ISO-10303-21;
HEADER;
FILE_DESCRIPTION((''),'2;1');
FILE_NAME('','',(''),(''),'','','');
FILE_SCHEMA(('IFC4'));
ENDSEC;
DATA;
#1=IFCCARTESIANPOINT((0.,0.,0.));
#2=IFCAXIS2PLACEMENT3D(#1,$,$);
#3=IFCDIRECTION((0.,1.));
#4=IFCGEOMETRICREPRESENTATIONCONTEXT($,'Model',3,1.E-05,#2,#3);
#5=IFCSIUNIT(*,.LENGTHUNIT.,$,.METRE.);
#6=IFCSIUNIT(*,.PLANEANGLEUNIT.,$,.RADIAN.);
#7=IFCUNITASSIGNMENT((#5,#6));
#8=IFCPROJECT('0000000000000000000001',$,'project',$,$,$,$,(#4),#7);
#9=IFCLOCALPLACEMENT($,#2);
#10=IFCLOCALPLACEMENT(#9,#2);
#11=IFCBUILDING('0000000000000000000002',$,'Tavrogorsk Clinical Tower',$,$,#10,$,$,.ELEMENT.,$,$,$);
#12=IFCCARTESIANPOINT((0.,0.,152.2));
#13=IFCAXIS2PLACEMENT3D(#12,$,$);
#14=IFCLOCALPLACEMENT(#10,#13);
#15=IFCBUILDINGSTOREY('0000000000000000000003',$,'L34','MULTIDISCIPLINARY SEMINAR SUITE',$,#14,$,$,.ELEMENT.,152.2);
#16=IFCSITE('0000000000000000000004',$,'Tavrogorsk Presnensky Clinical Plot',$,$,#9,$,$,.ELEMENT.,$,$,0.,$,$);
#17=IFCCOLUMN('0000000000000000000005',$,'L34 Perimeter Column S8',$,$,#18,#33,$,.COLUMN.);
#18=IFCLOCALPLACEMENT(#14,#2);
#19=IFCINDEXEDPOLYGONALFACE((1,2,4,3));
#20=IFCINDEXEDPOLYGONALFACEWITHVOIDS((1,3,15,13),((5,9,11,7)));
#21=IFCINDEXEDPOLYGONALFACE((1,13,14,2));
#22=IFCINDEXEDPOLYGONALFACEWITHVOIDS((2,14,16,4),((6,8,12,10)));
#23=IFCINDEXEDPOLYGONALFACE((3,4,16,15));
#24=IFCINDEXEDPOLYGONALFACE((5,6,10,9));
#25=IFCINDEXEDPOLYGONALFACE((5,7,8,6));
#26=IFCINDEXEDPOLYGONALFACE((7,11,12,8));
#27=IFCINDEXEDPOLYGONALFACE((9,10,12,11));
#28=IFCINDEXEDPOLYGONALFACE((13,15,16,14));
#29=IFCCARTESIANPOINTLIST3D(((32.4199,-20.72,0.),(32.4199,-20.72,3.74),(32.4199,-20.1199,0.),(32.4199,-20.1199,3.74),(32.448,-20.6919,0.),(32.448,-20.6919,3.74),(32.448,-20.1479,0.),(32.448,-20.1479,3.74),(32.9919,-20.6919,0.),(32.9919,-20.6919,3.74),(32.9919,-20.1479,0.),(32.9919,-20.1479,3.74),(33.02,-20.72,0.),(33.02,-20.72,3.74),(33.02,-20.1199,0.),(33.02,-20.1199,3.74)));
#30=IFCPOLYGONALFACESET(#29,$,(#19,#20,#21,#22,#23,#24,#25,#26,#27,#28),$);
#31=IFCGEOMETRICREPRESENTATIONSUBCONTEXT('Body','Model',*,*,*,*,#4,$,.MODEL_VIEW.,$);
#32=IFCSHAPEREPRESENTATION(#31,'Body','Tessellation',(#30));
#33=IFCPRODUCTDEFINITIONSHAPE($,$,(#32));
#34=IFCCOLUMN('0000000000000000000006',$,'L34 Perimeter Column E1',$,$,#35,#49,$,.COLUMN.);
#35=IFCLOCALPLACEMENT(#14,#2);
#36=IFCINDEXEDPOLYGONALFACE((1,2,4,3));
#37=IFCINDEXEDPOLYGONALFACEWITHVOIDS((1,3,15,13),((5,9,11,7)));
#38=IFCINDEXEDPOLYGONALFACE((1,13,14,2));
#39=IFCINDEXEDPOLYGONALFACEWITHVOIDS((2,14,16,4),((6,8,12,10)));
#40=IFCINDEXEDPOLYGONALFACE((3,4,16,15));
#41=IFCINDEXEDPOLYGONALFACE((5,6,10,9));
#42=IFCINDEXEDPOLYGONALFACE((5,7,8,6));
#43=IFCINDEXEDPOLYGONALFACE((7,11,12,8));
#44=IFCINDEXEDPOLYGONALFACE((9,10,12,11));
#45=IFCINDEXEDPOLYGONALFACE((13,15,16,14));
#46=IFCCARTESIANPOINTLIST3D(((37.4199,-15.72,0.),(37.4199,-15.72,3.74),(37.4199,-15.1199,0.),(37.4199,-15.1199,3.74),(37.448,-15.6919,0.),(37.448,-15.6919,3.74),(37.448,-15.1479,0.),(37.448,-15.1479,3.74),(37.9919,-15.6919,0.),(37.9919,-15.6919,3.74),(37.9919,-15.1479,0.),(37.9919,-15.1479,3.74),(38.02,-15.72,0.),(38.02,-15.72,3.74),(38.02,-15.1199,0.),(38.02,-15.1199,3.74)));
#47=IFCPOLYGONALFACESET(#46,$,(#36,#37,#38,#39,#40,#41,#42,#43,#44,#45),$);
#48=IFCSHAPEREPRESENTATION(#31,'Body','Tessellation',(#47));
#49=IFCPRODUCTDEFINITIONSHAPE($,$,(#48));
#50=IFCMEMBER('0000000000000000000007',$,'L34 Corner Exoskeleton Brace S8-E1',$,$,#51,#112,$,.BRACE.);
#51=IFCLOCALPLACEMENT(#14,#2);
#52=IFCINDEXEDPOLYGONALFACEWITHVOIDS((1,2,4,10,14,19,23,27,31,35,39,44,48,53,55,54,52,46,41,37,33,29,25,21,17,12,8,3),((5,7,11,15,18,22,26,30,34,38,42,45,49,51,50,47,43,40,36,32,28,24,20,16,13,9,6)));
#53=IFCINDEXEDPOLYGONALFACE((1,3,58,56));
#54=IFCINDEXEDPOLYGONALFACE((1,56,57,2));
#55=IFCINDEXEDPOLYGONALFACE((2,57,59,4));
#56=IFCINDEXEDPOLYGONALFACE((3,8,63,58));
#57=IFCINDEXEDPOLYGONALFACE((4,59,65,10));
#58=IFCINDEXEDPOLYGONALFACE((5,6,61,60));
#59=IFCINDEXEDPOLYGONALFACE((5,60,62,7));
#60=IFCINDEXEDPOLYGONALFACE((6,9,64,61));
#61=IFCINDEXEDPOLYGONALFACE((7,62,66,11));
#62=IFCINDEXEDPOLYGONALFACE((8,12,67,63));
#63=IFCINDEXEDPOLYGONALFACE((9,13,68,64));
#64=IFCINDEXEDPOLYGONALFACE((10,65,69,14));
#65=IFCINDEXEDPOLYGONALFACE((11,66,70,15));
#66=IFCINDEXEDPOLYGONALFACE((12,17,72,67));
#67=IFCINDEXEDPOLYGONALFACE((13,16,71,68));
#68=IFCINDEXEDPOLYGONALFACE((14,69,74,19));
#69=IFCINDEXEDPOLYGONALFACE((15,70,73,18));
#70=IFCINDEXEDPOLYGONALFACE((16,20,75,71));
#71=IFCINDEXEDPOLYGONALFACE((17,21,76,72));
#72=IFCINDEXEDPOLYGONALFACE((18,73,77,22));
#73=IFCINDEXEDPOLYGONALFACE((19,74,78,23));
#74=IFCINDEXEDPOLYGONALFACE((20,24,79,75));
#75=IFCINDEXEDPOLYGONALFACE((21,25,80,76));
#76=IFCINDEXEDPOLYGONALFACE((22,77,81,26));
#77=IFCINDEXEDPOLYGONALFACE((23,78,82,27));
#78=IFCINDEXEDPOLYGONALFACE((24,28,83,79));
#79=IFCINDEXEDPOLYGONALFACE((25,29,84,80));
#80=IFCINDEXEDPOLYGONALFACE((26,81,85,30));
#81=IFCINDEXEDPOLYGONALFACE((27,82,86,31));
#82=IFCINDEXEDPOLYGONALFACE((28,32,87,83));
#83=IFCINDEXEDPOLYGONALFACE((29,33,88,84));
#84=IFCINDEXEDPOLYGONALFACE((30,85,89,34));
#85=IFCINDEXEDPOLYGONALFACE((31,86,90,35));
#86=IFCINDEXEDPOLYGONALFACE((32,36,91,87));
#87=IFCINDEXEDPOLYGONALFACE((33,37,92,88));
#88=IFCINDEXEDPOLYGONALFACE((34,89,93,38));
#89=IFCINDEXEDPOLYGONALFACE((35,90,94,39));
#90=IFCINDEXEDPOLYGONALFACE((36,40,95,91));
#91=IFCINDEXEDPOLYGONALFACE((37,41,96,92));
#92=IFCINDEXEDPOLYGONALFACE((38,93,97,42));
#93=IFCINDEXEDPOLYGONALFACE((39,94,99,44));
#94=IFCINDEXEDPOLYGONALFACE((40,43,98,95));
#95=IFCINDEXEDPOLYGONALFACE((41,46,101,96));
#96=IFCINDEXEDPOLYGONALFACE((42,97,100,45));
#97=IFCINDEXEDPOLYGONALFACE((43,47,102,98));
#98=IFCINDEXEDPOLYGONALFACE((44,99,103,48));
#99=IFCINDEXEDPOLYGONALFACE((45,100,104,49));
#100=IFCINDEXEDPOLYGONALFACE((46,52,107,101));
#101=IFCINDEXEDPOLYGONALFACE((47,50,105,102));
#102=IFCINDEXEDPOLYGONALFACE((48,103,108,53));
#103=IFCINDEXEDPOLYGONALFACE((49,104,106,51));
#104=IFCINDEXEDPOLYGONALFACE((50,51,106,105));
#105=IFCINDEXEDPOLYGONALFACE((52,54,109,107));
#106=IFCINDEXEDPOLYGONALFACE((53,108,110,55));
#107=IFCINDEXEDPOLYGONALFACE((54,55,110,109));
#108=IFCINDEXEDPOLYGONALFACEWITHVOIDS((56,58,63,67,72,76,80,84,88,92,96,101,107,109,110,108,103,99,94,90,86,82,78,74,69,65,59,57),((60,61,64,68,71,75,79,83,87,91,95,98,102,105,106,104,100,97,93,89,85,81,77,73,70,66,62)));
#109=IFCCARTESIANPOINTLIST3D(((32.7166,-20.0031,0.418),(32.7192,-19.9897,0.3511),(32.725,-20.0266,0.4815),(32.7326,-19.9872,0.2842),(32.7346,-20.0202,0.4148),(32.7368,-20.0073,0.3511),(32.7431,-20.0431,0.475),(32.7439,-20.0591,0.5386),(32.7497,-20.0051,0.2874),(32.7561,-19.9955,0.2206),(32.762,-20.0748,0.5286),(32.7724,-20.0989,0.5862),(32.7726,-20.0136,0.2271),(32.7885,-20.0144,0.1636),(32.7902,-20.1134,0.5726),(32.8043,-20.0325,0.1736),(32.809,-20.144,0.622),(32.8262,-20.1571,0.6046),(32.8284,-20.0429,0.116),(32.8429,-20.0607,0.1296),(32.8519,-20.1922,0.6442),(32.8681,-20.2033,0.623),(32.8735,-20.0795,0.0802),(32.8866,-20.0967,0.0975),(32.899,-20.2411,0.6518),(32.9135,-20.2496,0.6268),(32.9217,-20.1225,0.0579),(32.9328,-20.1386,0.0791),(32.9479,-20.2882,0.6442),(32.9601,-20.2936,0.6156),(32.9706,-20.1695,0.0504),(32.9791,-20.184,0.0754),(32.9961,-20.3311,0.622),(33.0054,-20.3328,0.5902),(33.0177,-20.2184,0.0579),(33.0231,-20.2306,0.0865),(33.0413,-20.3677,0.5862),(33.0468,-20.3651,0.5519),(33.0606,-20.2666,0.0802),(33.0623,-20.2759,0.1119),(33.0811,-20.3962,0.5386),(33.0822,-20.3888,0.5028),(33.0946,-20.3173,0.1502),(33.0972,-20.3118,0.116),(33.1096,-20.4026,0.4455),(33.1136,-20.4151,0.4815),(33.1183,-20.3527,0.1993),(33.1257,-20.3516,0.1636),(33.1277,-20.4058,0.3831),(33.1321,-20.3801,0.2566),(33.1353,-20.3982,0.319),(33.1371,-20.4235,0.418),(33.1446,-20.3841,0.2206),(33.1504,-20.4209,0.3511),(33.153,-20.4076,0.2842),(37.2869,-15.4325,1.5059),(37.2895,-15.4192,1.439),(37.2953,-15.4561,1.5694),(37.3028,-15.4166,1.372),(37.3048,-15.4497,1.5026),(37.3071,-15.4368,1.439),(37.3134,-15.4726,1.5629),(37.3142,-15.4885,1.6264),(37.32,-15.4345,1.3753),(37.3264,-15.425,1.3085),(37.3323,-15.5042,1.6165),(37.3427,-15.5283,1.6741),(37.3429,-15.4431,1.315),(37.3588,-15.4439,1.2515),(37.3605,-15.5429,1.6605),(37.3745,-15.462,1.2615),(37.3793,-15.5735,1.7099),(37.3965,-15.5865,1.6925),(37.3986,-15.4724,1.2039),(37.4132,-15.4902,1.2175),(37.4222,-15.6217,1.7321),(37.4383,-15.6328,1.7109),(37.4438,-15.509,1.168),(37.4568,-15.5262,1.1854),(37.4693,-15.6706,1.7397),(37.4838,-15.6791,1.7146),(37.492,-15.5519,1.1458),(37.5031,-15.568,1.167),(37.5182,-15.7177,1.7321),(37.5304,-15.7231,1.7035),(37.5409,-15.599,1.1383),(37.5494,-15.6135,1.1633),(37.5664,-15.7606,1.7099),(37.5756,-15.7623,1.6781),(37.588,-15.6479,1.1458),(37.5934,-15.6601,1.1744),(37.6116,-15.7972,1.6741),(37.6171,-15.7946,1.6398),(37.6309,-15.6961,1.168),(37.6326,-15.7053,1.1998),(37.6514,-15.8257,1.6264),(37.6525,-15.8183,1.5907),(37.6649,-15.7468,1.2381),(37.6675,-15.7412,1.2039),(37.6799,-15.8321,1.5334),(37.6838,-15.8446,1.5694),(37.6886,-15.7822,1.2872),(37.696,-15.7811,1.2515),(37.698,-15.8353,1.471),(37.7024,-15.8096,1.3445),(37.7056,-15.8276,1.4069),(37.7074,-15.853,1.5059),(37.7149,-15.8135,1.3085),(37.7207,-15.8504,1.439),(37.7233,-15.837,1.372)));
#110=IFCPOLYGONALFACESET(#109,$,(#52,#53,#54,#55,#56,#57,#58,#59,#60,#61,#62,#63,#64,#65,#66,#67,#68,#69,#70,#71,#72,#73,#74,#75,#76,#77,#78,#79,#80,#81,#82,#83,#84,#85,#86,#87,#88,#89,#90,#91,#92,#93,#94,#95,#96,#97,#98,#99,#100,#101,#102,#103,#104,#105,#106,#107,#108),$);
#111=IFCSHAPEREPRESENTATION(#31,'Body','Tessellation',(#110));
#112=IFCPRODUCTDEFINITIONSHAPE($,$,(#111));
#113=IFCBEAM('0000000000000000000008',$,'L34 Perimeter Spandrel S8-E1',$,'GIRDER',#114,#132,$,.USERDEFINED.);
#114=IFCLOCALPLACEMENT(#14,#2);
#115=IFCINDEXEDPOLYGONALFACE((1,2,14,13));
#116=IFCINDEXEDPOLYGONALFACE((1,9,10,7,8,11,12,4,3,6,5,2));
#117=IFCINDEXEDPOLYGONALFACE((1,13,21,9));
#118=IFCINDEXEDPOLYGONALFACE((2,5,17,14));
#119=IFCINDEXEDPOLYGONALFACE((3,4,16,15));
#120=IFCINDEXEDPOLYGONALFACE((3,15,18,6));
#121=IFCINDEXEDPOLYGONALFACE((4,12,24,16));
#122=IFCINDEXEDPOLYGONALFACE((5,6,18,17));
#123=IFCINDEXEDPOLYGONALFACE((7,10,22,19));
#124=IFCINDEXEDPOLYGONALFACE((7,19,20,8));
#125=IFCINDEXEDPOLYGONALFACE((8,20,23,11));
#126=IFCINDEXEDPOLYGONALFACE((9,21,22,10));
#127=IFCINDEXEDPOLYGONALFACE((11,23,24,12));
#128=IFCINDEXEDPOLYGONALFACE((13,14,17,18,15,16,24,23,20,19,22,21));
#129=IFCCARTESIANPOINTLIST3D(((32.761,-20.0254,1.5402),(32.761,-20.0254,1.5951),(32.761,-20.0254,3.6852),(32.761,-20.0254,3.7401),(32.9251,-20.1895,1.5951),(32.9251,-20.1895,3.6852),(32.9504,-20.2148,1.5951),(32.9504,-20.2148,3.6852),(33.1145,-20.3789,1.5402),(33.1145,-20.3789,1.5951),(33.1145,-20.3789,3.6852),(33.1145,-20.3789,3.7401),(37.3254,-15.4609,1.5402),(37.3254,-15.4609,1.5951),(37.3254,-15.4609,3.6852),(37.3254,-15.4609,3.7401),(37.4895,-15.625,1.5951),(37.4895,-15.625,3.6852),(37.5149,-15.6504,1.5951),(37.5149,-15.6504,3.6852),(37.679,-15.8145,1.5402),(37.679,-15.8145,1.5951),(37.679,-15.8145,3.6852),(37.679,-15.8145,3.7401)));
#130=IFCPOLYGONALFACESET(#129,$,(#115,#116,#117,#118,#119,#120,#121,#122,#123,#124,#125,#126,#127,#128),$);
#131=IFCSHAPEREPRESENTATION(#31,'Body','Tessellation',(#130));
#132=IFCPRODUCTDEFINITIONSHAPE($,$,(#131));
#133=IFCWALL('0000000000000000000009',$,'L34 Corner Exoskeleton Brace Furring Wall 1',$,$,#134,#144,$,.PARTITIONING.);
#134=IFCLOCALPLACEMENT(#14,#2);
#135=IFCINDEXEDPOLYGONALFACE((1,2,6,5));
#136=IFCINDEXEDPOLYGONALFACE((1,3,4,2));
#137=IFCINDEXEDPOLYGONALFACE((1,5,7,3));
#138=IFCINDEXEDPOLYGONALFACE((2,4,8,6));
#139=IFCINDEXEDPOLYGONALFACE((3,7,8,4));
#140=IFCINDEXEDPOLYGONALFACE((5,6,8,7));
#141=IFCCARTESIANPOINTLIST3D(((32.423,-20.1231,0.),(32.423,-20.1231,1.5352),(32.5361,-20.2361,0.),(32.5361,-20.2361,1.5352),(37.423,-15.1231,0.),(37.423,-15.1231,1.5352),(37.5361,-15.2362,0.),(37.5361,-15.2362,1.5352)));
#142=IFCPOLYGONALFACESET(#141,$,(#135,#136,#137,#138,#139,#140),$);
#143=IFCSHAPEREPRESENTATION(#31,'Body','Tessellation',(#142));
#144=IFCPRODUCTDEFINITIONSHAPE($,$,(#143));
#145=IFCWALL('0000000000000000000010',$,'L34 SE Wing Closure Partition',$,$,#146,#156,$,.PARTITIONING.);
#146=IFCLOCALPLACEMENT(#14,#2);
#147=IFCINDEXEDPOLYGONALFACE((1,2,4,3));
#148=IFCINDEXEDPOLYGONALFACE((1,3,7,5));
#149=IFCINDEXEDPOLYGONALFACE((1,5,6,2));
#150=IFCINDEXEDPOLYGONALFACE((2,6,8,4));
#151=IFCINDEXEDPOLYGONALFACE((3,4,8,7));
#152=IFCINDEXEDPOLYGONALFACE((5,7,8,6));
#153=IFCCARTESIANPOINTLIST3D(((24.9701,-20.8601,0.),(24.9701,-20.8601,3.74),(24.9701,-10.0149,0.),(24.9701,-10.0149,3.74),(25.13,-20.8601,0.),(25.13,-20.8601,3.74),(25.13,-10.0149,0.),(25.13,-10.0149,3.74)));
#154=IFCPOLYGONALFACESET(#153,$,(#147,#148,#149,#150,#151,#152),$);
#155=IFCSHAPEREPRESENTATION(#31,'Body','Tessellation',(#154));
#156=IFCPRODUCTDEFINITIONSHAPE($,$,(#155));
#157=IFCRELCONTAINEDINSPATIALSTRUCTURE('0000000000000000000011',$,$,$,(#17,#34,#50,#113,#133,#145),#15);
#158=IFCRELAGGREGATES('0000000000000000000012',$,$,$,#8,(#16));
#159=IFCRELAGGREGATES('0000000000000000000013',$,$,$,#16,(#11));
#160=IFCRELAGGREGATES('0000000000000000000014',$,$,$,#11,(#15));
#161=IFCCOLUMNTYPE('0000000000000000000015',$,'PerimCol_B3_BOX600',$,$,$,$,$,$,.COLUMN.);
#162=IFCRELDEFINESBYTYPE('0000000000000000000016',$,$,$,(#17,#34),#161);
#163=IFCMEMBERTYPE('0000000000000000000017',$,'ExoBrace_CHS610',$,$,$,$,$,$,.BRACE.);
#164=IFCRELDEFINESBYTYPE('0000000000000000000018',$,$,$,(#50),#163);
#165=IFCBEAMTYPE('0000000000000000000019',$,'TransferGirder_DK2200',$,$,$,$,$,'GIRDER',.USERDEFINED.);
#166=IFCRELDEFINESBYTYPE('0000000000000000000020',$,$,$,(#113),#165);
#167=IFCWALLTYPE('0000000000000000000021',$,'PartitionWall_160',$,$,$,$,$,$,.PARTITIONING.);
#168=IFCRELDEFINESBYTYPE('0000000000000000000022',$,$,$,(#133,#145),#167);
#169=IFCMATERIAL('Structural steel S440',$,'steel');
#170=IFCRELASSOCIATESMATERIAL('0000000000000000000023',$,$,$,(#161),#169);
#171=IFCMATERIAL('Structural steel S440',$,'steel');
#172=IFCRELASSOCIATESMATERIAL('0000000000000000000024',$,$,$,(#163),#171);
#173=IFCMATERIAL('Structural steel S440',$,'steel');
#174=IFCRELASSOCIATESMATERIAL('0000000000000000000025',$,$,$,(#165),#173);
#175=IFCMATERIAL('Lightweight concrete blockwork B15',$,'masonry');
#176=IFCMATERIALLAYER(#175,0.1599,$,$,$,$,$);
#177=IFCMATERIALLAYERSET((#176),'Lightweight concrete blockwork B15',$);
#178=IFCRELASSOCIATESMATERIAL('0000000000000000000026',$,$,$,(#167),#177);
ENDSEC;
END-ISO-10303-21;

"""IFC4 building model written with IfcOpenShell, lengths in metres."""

from ifc_helpers import new_model, si_unit, direction, frame, frame_2d, origin, origin_2d, place, context, subcontext, project, spatial, rectangle, hollow_rectangle, hollow_circle, i_section, extrude, material, layer, layer_set, material_profile, profile_set, type_object, element, save


model = new_model("IFC4")

# Units and contexts
model_context = context("Model", 3, precision=1e-05, world=origin(), true_north=direction((0.0, 1.0)))
body_context = subcontext(model_context, "Body", "Model", "MODEL_VIEW")
ifc_project = project(units=[si_unit("LENGTHUNIT", "METRE"), si_unit("PLANEANGLEUNIT", "RADIAN")], contexts=[model_context])

# Site, building, storey
site_placement = place(None, origin())
site = spatial("IfcSite", under=ifc_project, at=site_placement, Name="Tavrogorsk Presnensky Clinical Plot", CompositionType="ELEMENT", RefElevation=0.0)
building_placement = place(site_placement, origin())
building = spatial("IfcBuilding", under=site, at=building_placement, Name="Tavrogorsk Clinical Tower", CompositionType="ELEMENT")
storey_placement = place(building_placement, frame((0.0, 0.0, 152.2)))
storey = spatial("IfcBuildingStorey", under=building, at=storey_placement, Name="L34", Description="MULTIDISCIPLINARY SEMINAR SUITE", CompositionType="ELEMENT", Elevation=152.2)

# Columns
ifc_material_1 = material(Name="Structural steel S440", Category="steel")
ifc_material_profile_1 = material_profile(ifc_material_1, hollow_rectangle(XDim=0.6001, YDim=0.6001, WallThickness=0.0281, at=origin_2d()), Name="BOX-600x600x28")
ifc_profile_set_1 = profile_set([ifc_material_profile_1], Name="Structural steel S440")
column_type = type_object("IfcColumnType", Name="PerimCol_B3_BOX600", PredefinedType="COLUMN", material=ifc_profile_set_1)
for number, where, z_axis, x_axis, name in (
    (1, (32.72, -20.4199, 0.0), (0.0, 0.0, 1.0), (1.0, 0.0, 0.0), "L34 Perimeter Column S8"),
    (2, (37.72, -15.4199, 0.0), (0.0, 0.0, 1.0), (1.0, 0.0, 0.0), "L34 Perimeter Column E1"),
):
    element("IfcColumn", number, at=place(storey_placement, frame(where, z_axis=z_axis, x_axis=x_axis)), inside=storey, type_object=column_type, Name=name, PredefinedType="COLUMN", context=body_context, shape_type="SweptSolid", body=[
        extrude(hollow_rectangle(XDim=0.6001, YDim=0.6001, WallThickness=0.0281, at=origin_2d()), origin(), (0.0, 0.0, 1.0), 3.74),
    ])

# Member
ifc_material_2 = material(Name="Structural steel S440", Category="steel")
ifc_material_profile_2 = material_profile(ifc_material_2, hollow_circle(Radius=0.3049, WallThickness=0.0249, at=origin_2d()), Name="CHS-610x25")
ifc_profile_set_2 = profile_set([ifc_material_profile_2], Name="Structural steel S440")
member_type = type_object("IfcMemberType", Name="ExoBrace_CHS610", PredefinedType="BRACE", material=ifc_profile_set_2)
member_placement = place(storey_placement, frame((32.9348, -20.2053, 0.3511), z_axis=(0.69728, 0.697318, 0.165977), x_axis=(-0.707126, 0.707088, 0.0)))
element("IfcMember", 3, at=member_placement, inside=storey, type_object=member_type, Name="L34 Corner Exoskeleton Brace S8-E1", PredefinedType="BRACE", context=body_context, shape_type="SweptSolid", body=[
    extrude(hollow_circle(Radius=0.3049, WallThickness=0.0249, at=origin_2d()), origin(), (0.0, 0.0, 1.0), 6.5544),
])

# Beam
ifc_material_3 = material(Name="Structural steel S440", Category="steel")
ifc_material_profile_3 = material_profile(ifc_material_3, i_section(OverallWidth=0.5, OverallDepth=2.2, WebThickness=0.0359, FlangeThickness=0.0549, at=origin_2d()), Name="DK-2200x500x36x55")
ifc_profile_set_3 = profile_set([ifc_material_profile_3], Name="Structural steel S440")
beam_type = type_object("IfcBeamType", Name="TransferGirder_DK2200", ElementType="GIRDER", PredefinedType="USERDEFINED", material=ifc_profile_set_3)
beam_placement = place(storey_placement, frame((32.9377, -20.2021, 2.6401), z_axis=(0.707107, 0.707107, 0.0), x_axis=(-0.707107, 0.707107, 0.0)))
element("IfcBeam", 4, at=beam_placement, inside=storey, type_object=beam_type, Name="L34 Perimeter Spandrel S8-E1", ObjectType="GIRDER", PredefinedType="USERDEFINED", context=body_context, shape_type="SweptSolid", body=[
    extrude(i_section(OverallWidth=0.5, OverallDepth=2.2, WebThickness=0.0359, FlangeThickness=0.0549, at=origin_2d()), origin(), (0.0, 0.0, 1.0), 6.4551),
])

# Walls
ifc_material_4 = material(Name="Lightweight concrete blockwork B15", Category="masonry")
ifc_layer_1 = layer(ifc_material_4, 0.1599)
ifc_layer_set_1 = layer_set([ifc_layer_1], Name="Lightweight concrete blockwork B15")
wall_type_1 = type_object("IfcWallType", Name="PartitionWall_160", PredefinedType="PARTITIONING", material=ifc_layer_set_1)
wall_1_placement = place(storey_placement, frame((32.4795, -20.1797, 0.0), z_axis=(0.0, 0.0, 1.0), x_axis=(0.707107, 0.707107, 0.0)))
element("IfcWall", 5, at=wall_1_placement, inside=storey, type_object=wall_type_1, Name="L34 Corner Exoskeleton Brace Furring Wall 1", PredefinedType="PARTITIONING", context=body_context, shape_type="SweptSolid", body=[
    extrude(rectangle(XDim=7.071, YDim=0.1599, at=frame_2d((3.5356, 0.0))), origin(), (0.0, 0.0, 1.0), 1.5352),
])
wall_2_placement = place(storey_placement, frame((25.05, -20.8601, 0.0), z_axis=(0.0, 0.0, 1.0), x_axis=(0.0, 1.0, 0.0)))
element("IfcWall", 6, at=wall_2_placement, inside=storey, type_object=wall_type_1, Name="L34 SE Wing Closure Partition", PredefinedType="PARTITIONING", context=body_context, shape_type="SweptSolid", body=[
    extrude(rectangle(XDim=10.8452, YDim=0.1599, at=frame_2d((5.4226, 0.0))), origin(), (0.0, 0.0, 1.0), 3.74),
])

save(model, "model.ifc")
